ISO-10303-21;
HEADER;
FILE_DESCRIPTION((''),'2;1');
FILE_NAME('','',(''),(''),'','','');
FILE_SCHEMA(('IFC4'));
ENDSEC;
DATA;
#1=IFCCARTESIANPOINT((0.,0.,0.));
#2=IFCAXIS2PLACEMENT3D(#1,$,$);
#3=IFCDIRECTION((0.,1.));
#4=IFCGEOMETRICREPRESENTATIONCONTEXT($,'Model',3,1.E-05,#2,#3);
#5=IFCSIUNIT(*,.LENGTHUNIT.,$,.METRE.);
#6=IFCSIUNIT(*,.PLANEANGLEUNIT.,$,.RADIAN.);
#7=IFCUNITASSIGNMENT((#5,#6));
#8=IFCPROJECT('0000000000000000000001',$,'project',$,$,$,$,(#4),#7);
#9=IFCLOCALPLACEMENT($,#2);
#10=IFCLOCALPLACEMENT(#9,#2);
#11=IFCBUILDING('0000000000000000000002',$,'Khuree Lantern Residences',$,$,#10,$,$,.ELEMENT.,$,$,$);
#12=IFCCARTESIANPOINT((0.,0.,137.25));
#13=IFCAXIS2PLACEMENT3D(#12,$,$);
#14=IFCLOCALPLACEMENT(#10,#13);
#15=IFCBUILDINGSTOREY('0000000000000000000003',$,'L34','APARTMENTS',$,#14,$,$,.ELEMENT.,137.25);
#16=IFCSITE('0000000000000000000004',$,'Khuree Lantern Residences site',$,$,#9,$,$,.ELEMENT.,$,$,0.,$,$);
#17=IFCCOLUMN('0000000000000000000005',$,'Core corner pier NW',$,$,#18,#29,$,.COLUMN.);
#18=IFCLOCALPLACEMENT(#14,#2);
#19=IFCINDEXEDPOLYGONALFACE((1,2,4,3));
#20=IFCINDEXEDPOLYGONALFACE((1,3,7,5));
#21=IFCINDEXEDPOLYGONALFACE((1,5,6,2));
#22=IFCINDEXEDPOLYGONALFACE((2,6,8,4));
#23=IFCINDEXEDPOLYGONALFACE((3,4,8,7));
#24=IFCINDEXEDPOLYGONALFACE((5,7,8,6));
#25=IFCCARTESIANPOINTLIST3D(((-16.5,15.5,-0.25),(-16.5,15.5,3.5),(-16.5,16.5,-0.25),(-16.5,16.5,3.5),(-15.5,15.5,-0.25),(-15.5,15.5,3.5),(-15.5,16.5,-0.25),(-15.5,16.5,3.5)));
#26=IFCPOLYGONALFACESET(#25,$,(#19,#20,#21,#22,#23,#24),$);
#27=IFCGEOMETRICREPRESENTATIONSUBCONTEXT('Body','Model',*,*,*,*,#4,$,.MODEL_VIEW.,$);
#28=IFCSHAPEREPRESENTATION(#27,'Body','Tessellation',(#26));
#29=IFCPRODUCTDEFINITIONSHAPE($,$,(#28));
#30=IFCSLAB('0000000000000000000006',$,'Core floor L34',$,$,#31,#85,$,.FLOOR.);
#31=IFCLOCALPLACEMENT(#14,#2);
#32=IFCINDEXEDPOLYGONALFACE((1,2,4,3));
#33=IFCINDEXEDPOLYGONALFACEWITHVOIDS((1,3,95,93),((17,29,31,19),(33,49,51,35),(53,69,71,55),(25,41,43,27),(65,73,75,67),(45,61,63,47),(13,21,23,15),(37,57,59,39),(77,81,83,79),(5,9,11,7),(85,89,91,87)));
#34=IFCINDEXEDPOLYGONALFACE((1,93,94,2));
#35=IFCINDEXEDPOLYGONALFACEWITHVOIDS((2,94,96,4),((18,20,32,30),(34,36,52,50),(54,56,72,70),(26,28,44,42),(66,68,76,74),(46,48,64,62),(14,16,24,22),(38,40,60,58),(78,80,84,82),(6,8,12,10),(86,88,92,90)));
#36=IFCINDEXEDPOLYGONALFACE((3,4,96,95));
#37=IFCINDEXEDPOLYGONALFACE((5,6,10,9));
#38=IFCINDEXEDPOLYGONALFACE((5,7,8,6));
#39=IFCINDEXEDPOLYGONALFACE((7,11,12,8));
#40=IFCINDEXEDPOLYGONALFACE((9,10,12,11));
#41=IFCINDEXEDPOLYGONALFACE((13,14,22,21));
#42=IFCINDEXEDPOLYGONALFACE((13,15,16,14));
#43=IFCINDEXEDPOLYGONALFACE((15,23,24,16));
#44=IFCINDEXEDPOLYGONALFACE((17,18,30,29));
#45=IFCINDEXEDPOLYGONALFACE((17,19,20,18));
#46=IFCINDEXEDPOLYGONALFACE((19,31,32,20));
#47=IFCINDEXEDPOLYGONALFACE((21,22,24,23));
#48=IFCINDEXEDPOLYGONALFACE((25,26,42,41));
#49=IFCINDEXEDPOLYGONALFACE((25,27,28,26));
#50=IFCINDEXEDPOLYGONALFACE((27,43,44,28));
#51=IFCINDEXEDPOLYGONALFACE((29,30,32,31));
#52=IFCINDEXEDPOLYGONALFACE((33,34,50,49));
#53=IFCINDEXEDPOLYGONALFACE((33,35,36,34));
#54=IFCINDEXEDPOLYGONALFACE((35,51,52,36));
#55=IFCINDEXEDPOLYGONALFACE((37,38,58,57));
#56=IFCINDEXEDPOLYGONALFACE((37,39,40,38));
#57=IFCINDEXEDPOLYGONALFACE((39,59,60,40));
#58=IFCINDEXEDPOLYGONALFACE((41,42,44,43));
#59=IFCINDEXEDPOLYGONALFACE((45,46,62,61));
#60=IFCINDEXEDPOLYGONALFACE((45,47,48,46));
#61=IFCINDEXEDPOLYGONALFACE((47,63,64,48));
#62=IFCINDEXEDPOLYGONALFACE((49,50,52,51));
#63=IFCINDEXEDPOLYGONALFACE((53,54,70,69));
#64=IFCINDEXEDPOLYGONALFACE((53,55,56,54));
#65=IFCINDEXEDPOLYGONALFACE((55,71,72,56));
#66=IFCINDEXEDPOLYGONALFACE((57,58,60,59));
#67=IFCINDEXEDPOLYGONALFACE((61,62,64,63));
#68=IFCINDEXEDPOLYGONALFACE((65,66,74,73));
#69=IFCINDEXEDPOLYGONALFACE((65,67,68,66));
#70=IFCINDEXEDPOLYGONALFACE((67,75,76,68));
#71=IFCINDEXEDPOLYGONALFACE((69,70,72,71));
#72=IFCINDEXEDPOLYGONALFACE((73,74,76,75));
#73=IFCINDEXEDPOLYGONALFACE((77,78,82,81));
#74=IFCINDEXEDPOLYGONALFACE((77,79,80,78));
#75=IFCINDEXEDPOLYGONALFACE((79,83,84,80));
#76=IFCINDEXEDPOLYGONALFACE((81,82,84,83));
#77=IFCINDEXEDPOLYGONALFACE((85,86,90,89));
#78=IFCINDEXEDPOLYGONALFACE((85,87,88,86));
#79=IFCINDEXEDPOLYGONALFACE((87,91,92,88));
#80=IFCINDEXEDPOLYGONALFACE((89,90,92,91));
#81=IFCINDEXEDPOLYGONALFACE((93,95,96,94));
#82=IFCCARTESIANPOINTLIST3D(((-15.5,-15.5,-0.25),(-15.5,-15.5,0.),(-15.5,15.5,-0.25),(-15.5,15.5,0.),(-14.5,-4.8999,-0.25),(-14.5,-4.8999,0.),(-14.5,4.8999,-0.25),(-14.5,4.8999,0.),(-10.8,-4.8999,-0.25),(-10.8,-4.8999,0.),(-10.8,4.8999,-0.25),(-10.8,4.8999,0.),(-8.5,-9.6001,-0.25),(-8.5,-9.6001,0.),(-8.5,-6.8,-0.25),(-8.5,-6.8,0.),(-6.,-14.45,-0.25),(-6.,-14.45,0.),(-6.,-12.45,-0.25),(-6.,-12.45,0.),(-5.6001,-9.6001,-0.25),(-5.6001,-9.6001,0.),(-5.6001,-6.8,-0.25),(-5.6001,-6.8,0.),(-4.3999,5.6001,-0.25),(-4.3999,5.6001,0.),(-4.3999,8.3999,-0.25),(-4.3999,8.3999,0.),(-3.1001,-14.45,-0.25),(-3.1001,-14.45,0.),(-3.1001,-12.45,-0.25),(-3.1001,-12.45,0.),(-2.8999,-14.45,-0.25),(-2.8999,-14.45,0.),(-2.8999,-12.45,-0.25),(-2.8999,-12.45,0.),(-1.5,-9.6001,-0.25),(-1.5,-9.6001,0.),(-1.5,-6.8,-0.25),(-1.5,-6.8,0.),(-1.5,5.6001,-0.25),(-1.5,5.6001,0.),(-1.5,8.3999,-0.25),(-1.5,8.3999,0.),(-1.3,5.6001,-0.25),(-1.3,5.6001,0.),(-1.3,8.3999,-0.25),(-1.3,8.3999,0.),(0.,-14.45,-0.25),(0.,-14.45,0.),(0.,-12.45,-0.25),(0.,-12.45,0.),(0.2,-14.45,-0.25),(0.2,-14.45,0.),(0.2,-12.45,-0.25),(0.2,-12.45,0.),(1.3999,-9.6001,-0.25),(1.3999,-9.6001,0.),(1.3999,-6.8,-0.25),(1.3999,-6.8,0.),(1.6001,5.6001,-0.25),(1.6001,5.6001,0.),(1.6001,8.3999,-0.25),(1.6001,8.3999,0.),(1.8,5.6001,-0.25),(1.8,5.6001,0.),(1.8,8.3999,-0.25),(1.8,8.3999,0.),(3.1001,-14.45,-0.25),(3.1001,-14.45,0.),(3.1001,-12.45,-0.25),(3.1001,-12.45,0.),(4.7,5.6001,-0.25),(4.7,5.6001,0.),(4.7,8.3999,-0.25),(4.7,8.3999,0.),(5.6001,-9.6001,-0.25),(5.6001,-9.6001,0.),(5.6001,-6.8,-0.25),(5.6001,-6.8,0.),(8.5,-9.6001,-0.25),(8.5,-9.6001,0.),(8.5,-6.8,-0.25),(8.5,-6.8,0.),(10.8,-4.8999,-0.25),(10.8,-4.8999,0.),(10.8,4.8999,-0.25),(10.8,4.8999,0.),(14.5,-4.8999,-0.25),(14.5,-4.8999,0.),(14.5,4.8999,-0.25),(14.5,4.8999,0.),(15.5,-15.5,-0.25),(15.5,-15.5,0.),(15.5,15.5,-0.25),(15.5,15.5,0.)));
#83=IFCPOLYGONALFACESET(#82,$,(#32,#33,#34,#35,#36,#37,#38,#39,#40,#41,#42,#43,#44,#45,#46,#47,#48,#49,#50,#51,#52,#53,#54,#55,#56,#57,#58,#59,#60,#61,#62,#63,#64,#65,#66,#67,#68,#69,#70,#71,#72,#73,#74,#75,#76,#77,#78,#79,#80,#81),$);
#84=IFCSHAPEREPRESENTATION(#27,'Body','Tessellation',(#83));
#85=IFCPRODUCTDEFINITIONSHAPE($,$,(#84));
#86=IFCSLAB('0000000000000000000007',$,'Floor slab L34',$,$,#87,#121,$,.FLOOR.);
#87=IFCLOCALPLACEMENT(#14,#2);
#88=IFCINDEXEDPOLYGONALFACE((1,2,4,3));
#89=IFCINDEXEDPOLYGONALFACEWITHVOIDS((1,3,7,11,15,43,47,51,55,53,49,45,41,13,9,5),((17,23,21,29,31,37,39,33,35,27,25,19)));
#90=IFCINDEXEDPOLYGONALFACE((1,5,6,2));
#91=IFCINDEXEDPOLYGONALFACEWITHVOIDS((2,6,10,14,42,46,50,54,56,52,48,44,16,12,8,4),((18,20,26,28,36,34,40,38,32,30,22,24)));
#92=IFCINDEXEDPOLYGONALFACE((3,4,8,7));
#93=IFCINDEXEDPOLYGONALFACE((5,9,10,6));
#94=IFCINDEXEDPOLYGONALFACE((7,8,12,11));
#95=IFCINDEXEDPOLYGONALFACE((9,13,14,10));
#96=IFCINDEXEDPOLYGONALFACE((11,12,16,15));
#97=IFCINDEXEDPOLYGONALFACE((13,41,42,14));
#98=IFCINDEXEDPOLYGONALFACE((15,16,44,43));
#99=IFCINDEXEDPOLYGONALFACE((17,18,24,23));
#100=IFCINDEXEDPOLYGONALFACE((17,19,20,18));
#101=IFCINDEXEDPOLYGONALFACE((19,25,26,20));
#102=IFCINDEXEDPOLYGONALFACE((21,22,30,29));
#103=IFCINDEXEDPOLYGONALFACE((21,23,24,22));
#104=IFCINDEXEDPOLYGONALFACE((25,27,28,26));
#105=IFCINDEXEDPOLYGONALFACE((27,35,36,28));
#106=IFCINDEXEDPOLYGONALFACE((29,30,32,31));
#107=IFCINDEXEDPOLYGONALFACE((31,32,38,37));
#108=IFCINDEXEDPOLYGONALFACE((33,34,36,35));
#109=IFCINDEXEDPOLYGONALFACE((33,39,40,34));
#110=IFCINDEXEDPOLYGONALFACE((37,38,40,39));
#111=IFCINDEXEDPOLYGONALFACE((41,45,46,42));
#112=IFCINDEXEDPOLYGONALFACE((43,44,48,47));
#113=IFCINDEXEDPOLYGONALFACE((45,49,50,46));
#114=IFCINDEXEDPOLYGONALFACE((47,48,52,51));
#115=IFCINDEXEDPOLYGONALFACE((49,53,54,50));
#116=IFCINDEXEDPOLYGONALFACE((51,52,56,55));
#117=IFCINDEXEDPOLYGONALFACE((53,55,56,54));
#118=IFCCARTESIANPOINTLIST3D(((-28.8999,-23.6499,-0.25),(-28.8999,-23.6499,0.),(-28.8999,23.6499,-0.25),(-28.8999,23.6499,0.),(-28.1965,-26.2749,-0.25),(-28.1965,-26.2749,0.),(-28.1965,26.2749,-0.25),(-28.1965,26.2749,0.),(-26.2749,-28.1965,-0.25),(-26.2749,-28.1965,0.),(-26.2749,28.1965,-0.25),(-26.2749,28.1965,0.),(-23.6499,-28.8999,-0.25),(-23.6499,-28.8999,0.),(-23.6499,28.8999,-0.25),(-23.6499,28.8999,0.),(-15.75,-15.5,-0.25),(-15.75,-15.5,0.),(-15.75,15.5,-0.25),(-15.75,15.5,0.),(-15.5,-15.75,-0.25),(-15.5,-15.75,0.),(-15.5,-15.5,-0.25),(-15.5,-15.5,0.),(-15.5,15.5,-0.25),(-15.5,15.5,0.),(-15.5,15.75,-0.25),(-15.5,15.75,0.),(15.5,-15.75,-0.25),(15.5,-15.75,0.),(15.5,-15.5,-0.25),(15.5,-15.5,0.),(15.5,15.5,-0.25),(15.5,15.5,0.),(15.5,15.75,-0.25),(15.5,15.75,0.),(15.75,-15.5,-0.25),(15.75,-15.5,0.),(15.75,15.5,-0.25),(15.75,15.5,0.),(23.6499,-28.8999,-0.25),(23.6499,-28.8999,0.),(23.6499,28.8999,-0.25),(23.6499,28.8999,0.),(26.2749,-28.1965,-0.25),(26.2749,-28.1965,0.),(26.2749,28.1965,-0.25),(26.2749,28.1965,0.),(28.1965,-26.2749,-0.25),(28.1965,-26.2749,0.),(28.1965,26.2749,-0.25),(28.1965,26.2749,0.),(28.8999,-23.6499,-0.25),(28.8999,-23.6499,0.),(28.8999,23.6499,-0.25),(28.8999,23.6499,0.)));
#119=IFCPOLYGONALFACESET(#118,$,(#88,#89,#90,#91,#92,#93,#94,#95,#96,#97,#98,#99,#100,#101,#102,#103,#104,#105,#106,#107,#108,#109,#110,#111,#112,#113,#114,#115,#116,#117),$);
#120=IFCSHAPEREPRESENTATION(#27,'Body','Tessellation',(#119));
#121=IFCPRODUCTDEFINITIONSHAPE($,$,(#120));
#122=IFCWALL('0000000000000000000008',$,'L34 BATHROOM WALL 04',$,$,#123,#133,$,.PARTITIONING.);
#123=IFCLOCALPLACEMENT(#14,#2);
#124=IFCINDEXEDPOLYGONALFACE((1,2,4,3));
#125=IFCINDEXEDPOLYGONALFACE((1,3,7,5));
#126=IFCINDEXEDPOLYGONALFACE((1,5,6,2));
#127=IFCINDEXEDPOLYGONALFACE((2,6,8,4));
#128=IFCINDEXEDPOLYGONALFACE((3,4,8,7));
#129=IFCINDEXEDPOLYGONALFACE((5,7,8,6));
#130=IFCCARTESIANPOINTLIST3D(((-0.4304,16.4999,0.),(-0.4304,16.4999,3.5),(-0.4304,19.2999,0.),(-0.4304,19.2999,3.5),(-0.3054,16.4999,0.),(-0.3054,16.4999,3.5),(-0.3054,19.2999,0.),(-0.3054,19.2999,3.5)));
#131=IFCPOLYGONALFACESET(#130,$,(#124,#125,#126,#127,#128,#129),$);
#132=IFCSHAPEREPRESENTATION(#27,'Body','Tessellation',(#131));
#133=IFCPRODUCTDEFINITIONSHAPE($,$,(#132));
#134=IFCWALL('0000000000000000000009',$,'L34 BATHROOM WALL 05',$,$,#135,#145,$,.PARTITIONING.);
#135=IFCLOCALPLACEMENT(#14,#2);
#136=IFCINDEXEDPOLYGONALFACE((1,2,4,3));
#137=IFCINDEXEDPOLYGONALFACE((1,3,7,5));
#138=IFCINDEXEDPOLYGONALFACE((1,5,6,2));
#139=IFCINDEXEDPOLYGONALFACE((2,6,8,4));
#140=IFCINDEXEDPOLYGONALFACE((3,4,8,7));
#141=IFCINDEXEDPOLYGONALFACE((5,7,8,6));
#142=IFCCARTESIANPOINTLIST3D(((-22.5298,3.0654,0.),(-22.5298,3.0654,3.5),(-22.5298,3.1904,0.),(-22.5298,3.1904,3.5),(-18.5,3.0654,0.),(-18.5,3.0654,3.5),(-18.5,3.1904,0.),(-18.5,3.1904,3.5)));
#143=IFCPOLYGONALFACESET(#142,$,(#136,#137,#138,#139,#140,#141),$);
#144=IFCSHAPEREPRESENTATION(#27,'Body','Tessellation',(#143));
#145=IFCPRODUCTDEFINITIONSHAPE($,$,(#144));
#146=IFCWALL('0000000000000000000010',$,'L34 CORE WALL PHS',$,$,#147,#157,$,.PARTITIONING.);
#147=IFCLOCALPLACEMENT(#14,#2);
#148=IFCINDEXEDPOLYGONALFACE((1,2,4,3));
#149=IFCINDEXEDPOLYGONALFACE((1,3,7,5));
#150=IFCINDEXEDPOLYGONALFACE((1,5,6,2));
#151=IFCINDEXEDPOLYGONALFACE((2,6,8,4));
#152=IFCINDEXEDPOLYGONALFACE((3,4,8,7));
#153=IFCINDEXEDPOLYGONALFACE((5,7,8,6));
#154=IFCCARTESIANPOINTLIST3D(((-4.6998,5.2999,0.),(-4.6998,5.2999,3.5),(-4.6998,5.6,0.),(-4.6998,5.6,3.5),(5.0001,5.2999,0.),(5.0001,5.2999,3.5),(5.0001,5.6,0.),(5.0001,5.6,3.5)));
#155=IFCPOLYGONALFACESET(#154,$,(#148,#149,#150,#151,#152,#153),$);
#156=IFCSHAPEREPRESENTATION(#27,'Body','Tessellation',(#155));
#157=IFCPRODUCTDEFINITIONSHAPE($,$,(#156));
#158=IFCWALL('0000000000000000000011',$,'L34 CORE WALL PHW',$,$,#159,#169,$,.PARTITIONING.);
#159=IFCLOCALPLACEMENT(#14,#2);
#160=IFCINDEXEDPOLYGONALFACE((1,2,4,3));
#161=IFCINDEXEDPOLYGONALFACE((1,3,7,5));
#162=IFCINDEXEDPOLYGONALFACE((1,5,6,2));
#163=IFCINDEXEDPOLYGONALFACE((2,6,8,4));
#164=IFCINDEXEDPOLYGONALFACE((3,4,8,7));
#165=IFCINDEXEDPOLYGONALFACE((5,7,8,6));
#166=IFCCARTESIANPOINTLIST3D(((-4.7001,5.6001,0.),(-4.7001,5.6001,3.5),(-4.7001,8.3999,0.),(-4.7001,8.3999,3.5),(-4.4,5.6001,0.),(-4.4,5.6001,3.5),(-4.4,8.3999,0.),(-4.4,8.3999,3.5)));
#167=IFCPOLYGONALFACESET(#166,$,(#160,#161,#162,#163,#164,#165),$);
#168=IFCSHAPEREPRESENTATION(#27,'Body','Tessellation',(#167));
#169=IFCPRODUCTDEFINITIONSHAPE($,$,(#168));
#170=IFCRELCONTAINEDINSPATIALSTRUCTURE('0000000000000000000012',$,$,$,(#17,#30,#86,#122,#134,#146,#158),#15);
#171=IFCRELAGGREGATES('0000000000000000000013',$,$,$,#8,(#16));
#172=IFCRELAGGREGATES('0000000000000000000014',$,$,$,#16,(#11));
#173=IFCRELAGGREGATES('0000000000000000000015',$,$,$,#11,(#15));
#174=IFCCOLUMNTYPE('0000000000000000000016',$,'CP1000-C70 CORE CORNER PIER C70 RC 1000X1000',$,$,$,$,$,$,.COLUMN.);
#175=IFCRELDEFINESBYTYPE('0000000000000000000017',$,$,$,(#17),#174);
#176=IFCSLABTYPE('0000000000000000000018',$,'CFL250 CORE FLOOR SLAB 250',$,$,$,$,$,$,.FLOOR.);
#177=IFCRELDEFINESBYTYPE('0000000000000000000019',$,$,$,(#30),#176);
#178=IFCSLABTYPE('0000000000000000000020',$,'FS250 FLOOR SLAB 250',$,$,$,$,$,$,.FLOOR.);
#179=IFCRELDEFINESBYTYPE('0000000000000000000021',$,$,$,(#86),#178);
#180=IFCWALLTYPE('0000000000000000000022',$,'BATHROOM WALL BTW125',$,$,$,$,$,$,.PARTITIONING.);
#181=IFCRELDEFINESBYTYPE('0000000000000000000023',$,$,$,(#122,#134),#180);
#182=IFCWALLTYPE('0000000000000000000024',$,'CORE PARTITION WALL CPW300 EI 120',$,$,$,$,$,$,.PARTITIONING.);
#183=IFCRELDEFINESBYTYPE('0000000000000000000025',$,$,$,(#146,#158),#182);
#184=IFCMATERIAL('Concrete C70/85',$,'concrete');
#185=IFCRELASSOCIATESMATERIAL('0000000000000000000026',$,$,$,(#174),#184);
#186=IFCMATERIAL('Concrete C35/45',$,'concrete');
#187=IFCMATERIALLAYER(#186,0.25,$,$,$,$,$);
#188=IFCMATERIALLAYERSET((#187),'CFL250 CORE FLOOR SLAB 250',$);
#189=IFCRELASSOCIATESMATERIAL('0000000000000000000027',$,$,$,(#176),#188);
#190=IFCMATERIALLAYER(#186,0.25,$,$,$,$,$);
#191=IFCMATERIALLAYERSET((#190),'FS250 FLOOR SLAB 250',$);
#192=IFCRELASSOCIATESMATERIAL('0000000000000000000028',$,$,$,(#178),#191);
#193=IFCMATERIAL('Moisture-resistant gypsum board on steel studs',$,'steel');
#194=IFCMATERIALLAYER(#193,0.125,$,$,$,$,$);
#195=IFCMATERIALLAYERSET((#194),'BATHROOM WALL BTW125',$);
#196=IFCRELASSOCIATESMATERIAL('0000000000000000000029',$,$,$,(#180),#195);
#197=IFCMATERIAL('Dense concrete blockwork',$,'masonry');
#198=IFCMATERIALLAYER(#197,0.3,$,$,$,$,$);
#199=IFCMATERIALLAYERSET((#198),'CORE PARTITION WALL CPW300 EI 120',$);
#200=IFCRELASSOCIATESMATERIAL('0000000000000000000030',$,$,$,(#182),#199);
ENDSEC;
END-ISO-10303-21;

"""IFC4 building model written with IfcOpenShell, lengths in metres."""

from ifc_helpers import new_model, si_unit, direction, frame, frame_2d, origin, origin_2d, place, context, subcontext, project, spatial, polyline, rectangle, outline, extrude, material, layer, layer_set, material_profile, profile_set, type_object, element, save


model = new_model("IFC4")

# Units and contexts
model_context = context("Model", 3, precision=1e-05, world=origin(), true_north=direction((0.0, 1.0)))
body_context = subcontext(model_context, "Body", "Model", "MODEL_VIEW")
ifc_project = project(units=[si_unit("LENGTHUNIT", "METRE"), si_unit("PLANEANGLEUNIT", "RADIAN")], contexts=[model_context])

# Site, building, storey
site_placement = place(None, origin())
site = spatial("IfcSite", under=ifc_project, at=site_placement, Name="Khuree Lantern Residences site", CompositionType="ELEMENT", RefElevation=0.0)
building_placement = place(site_placement, origin())
building = spatial("IfcBuilding", under=site, at=building_placement, Name="Khuree Lantern Residences", CompositionType="ELEMENT")
storey_placement = place(building_placement, frame((0.0, 0.0, 137.25)))
storey = spatial("IfcBuildingStorey", under=building, at=storey_placement, Name="L34", Description="APARTMENTS", CompositionType="ELEMENT", Elevation=137.25)

# Column
ifc_material_1 = material(Name="Concrete C70/85", Category="concrete")
ifc_material_profile = material_profile(ifc_material_1, rectangle(XDim=1.0, YDim=1.0, at=origin_2d()), Name="RC 1000X1000")
ifc_profile_set = profile_set([ifc_material_profile], Name="Concrete C70/85")
column_type = type_object("IfcColumnType", Name="CP1000-C70 CORE CORNER PIER C70 RC 1000X1000", PredefinedType="COLUMN", material=ifc_profile_set)
column_placement = place(storey_placement, frame((-16.0, 16.0, -0.25), z_axis=(0.0, 0.0, 1.0), x_axis=(1.0, 0.0, 0.0)))
element("IfcColumn", 1, at=column_placement, inside=storey, type_object=column_type, Name="Core corner pier NW", PredefinedType="COLUMN", context=body_context, shape_type="SweptSolid", body=[
    extrude(rectangle(XDim=1.0, YDim=1.0, at=origin_2d()), origin(), (0.0, 0.0, 1.0), 3.75),
])

# Slabs
ifc_material_2 = material(Name="Concrete C35/45", Category="concrete")
ifc_layer_1 = layer(ifc_material_2, 0.25)
ifc_layer_set_1 = layer_set([ifc_layer_1], Name="CFL250 CORE FLOOR SLAB 250")
slab_type_1 = type_object("IfcSlabType", Name="CFL250 CORE FLOOR SLAB 250", PredefinedType="FLOOR", material=ifc_layer_set_1)
slab_1_placement = place(storey_placement, frame((0.0, 0.0, -0.25)))
element("IfcSlab", 2, at=slab_1_placement, inside=storey, type_object=slab_type_1, Name="Core floor L34", PredefinedType="FLOOR", context=body_context, shape_type="SweptSolid", body=[
    extrude(outline(polyline([(-15.5, -15.5), (-15.5, 15.5), (15.5, 15.5), (15.5, -15.5), (-15.5, -15.5)]), holes=[polyline([(10.8, 4.8999), (10.8, -4.8999), (14.5, -4.8999), (14.5, 4.8999), (10.8, 4.8999)]), polyline([(8.5, -6.8), (5.6001, -6.8), (5.6001, -9.6001), (8.5, -9.6001), (8.5, -6.8)]), polyline([(4.7, 8.3999), (1.8, 8.3999), (1.8, 5.6001), (4.7, 5.6001), (4.7, 8.3999)]), polyline([(3.1001, -12.45), (0.2, -12.45), (0.2, -14.45), (3.1001, -14.45), (3.1001, -12.45)]), polyline([(1.6001, 8.3999), (-1.3, 8.3999), (-1.3, 5.6001), (1.6001, 5.6001), (1.6001, 8.3999)]), polyline([(1.3999, -6.8), (-1.5, -6.8), (-1.5, -9.6001), (1.3999, -9.6001), (1.3999, -6.8)]), polyline([(-2.8999, -12.45), (-2.8999, -14.45), (0.0, -14.45), (0.0, -12.45), (-2.8999, -12.45)]), polyline([(-4.3999, 8.3999), (-4.3999, 5.6001), (-1.5, 5.6001), (-1.5, 8.3999), (-4.3999, 8.3999)]), polyline([(-6.0, -12.45), (-6.0, -14.45), (-3.1001, -14.45), (-3.1001, -12.45), (-6.0, -12.45)]), polyline([(-8.5, -6.8), (-8.5, -9.6001), (-5.6001, -9.6001), (-5.6001, -6.8), (-8.5, -6.8)]), polyline([(-10.8, 4.8999), (-14.5, 4.8999), (-14.5, -4.8999), (-10.8, -4.8999), (-10.8, 4.8999)])]), origin(), (0.0, 0.0, 1.0), 0.25),
])
ifc_layer_2 = layer(ifc_material_2, 0.25)
ifc_layer_set_2 = layer_set([ifc_layer_2], Name="FS250 FLOOR SLAB 250")
slab_type_2 = type_object("IfcSlabType", Name="FS250 FLOOR SLAB 250", PredefinedType="FLOOR", material=ifc_layer_set_2)
slab_2_placement = place(storey_placement, frame((0.0, 0.0, -0.25)))
element("IfcSlab", 3, at=slab_2_placement, inside=storey, type_object=slab_type_2, Name="Floor slab L34", PredefinedType="FLOOR", context=body_context, shape_type="SweptSolid", body=[
    extrude(outline(polyline([(-26.2749, -28.1965), (-28.1965, -26.2749), (-28.8999, -23.6499), (-28.8999, 23.6499), (-28.1965, 26.2749), (-26.2749, 28.1965), (-23.6499, 28.8999), (23.6499, 28.8999), (26.2749, 28.1965), (28.1965, 26.2749), (28.8999, 23.6499), (28.8999, -23.6499), (28.1965, -26.2749), (26.2749, -28.1965), (23.6499, -28.8999), (-23.6499, -28.8999), (-26.2749, -28.1965)]), holes=[polyline([(15.75, 15.5), (15.5, 15.5), (15.5, 15.75), (-15.5, 15.75), (-15.5, 15.5), (-15.75, 15.5), (-15.75, -15.5), (-15.5, -15.5), (-15.5, -15.75), (15.5, -15.75), (15.5, -15.5), (15.75, -15.5), (15.75, 15.5)])]), origin(), (0.0, 0.0, 1.0), 0.25),
])

# Walls
ifc_material_3 = material(Name="Moisture-resistant gypsum board on steel studs", Category="steel")
ifc_layer_3 = layer(ifc_material_3, 0.125)
ifc_layer_set_3 = layer_set([ifc_layer_3], Name="BATHROOM WALL BTW125")
wall_type_1 = type_object("IfcWallType", Name="BATHROOM WALL BTW125", PredefinedType="PARTITIONING", material=ifc_layer_set_3)
wall_1_placement = place(storey_placement, frame((-0.3679, 16.5, 0.0), z_axis=(0.0, 0.0, 1.0), x_axis=(0.0, 1.0, 0.0)))
element("IfcWall", 4, at=wall_1_placement, inside=storey, type_object=wall_type_1, Name="L34 BATHROOM WALL 04", PredefinedType="PARTITIONING", context=body_context, shape_type="SweptSolid", body=[
    extrude(rectangle(XDim=2.8, YDim=0.125, at=frame_2d((1.3999, 0.0))), origin(), (0.0, 0.0, 1.0), 3.5),
])
wall_2_placement = place(storey_placement, frame((-18.5, 3.1279, 0.0), z_axis=(0.0, 0.0, 1.0), x_axis=(-1.0, 0.0, 0.0)))
element("IfcWall", 5, at=wall_2_placement, inside=storey, type_object=wall_type_1, Name="L34 BATHROOM WALL 05", PredefinedType="PARTITIONING", context=body_context, shape_type="SweptSolid", body=[
    extrude(rectangle(XDim=4.0298, YDim=0.125, at=frame_2d((2.0149, 0.0))), origin(), (0.0, 0.0, 1.0), 3.5),
])
ifc_material_4 = material(Name="Dense concrete blockwork", Category="masonry")
ifc_layer_4 = layer(ifc_material_4, 0.3)
ifc_layer_set_4 = layer_set([ifc_layer_4], Name="CORE PARTITION WALL CPW300 EI 120")
wall_type_2 = type_object("IfcWallType", Name="CORE PARTITION WALL CPW300 EI 120", PredefinedType="PARTITIONING", material=ifc_layer_set_4)
wall_3_placement = place(storey_placement, frame((-4.7, 5.45, 0.0), z_axis=(0.0, 0.0, 1.0), x_axis=(1.0, 0.0, 0.0)))
element("IfcWall", 6, at=wall_3_placement, inside=storey, type_object=wall_type_2, Name="L34 CORE WALL PHS", PredefinedType="PARTITIONING", context=body_context, shape_type="SweptSolid", body=[
    extrude(rectangle(XDim=9.7, YDim=0.3, at=frame_2d((4.8501, 0.0))), origin(), (0.0, 0.0, 1.0), 3.5),
])
wall_4_placement = place(storey_placement, frame((-4.55, 5.6001, 0.0), z_axis=(0.0, 0.0, 1.0), x_axis=(0.0, 1.0, 0.0)))
element("IfcWall", 7, at=wall_4_placement, inside=storey, type_object=wall_type_2, Name="L34 CORE WALL PHW", PredefinedType="PARTITIONING", context=body_context, shape_type="SweptSolid", body=[
    extrude(rectangle(XDim=2.7998, YDim=0.3, at=frame_2d((1.3999, 0.0))), origin(), (0.0, 0.0, 1.0), 3.5),
])

save(model, "model.ifc")
